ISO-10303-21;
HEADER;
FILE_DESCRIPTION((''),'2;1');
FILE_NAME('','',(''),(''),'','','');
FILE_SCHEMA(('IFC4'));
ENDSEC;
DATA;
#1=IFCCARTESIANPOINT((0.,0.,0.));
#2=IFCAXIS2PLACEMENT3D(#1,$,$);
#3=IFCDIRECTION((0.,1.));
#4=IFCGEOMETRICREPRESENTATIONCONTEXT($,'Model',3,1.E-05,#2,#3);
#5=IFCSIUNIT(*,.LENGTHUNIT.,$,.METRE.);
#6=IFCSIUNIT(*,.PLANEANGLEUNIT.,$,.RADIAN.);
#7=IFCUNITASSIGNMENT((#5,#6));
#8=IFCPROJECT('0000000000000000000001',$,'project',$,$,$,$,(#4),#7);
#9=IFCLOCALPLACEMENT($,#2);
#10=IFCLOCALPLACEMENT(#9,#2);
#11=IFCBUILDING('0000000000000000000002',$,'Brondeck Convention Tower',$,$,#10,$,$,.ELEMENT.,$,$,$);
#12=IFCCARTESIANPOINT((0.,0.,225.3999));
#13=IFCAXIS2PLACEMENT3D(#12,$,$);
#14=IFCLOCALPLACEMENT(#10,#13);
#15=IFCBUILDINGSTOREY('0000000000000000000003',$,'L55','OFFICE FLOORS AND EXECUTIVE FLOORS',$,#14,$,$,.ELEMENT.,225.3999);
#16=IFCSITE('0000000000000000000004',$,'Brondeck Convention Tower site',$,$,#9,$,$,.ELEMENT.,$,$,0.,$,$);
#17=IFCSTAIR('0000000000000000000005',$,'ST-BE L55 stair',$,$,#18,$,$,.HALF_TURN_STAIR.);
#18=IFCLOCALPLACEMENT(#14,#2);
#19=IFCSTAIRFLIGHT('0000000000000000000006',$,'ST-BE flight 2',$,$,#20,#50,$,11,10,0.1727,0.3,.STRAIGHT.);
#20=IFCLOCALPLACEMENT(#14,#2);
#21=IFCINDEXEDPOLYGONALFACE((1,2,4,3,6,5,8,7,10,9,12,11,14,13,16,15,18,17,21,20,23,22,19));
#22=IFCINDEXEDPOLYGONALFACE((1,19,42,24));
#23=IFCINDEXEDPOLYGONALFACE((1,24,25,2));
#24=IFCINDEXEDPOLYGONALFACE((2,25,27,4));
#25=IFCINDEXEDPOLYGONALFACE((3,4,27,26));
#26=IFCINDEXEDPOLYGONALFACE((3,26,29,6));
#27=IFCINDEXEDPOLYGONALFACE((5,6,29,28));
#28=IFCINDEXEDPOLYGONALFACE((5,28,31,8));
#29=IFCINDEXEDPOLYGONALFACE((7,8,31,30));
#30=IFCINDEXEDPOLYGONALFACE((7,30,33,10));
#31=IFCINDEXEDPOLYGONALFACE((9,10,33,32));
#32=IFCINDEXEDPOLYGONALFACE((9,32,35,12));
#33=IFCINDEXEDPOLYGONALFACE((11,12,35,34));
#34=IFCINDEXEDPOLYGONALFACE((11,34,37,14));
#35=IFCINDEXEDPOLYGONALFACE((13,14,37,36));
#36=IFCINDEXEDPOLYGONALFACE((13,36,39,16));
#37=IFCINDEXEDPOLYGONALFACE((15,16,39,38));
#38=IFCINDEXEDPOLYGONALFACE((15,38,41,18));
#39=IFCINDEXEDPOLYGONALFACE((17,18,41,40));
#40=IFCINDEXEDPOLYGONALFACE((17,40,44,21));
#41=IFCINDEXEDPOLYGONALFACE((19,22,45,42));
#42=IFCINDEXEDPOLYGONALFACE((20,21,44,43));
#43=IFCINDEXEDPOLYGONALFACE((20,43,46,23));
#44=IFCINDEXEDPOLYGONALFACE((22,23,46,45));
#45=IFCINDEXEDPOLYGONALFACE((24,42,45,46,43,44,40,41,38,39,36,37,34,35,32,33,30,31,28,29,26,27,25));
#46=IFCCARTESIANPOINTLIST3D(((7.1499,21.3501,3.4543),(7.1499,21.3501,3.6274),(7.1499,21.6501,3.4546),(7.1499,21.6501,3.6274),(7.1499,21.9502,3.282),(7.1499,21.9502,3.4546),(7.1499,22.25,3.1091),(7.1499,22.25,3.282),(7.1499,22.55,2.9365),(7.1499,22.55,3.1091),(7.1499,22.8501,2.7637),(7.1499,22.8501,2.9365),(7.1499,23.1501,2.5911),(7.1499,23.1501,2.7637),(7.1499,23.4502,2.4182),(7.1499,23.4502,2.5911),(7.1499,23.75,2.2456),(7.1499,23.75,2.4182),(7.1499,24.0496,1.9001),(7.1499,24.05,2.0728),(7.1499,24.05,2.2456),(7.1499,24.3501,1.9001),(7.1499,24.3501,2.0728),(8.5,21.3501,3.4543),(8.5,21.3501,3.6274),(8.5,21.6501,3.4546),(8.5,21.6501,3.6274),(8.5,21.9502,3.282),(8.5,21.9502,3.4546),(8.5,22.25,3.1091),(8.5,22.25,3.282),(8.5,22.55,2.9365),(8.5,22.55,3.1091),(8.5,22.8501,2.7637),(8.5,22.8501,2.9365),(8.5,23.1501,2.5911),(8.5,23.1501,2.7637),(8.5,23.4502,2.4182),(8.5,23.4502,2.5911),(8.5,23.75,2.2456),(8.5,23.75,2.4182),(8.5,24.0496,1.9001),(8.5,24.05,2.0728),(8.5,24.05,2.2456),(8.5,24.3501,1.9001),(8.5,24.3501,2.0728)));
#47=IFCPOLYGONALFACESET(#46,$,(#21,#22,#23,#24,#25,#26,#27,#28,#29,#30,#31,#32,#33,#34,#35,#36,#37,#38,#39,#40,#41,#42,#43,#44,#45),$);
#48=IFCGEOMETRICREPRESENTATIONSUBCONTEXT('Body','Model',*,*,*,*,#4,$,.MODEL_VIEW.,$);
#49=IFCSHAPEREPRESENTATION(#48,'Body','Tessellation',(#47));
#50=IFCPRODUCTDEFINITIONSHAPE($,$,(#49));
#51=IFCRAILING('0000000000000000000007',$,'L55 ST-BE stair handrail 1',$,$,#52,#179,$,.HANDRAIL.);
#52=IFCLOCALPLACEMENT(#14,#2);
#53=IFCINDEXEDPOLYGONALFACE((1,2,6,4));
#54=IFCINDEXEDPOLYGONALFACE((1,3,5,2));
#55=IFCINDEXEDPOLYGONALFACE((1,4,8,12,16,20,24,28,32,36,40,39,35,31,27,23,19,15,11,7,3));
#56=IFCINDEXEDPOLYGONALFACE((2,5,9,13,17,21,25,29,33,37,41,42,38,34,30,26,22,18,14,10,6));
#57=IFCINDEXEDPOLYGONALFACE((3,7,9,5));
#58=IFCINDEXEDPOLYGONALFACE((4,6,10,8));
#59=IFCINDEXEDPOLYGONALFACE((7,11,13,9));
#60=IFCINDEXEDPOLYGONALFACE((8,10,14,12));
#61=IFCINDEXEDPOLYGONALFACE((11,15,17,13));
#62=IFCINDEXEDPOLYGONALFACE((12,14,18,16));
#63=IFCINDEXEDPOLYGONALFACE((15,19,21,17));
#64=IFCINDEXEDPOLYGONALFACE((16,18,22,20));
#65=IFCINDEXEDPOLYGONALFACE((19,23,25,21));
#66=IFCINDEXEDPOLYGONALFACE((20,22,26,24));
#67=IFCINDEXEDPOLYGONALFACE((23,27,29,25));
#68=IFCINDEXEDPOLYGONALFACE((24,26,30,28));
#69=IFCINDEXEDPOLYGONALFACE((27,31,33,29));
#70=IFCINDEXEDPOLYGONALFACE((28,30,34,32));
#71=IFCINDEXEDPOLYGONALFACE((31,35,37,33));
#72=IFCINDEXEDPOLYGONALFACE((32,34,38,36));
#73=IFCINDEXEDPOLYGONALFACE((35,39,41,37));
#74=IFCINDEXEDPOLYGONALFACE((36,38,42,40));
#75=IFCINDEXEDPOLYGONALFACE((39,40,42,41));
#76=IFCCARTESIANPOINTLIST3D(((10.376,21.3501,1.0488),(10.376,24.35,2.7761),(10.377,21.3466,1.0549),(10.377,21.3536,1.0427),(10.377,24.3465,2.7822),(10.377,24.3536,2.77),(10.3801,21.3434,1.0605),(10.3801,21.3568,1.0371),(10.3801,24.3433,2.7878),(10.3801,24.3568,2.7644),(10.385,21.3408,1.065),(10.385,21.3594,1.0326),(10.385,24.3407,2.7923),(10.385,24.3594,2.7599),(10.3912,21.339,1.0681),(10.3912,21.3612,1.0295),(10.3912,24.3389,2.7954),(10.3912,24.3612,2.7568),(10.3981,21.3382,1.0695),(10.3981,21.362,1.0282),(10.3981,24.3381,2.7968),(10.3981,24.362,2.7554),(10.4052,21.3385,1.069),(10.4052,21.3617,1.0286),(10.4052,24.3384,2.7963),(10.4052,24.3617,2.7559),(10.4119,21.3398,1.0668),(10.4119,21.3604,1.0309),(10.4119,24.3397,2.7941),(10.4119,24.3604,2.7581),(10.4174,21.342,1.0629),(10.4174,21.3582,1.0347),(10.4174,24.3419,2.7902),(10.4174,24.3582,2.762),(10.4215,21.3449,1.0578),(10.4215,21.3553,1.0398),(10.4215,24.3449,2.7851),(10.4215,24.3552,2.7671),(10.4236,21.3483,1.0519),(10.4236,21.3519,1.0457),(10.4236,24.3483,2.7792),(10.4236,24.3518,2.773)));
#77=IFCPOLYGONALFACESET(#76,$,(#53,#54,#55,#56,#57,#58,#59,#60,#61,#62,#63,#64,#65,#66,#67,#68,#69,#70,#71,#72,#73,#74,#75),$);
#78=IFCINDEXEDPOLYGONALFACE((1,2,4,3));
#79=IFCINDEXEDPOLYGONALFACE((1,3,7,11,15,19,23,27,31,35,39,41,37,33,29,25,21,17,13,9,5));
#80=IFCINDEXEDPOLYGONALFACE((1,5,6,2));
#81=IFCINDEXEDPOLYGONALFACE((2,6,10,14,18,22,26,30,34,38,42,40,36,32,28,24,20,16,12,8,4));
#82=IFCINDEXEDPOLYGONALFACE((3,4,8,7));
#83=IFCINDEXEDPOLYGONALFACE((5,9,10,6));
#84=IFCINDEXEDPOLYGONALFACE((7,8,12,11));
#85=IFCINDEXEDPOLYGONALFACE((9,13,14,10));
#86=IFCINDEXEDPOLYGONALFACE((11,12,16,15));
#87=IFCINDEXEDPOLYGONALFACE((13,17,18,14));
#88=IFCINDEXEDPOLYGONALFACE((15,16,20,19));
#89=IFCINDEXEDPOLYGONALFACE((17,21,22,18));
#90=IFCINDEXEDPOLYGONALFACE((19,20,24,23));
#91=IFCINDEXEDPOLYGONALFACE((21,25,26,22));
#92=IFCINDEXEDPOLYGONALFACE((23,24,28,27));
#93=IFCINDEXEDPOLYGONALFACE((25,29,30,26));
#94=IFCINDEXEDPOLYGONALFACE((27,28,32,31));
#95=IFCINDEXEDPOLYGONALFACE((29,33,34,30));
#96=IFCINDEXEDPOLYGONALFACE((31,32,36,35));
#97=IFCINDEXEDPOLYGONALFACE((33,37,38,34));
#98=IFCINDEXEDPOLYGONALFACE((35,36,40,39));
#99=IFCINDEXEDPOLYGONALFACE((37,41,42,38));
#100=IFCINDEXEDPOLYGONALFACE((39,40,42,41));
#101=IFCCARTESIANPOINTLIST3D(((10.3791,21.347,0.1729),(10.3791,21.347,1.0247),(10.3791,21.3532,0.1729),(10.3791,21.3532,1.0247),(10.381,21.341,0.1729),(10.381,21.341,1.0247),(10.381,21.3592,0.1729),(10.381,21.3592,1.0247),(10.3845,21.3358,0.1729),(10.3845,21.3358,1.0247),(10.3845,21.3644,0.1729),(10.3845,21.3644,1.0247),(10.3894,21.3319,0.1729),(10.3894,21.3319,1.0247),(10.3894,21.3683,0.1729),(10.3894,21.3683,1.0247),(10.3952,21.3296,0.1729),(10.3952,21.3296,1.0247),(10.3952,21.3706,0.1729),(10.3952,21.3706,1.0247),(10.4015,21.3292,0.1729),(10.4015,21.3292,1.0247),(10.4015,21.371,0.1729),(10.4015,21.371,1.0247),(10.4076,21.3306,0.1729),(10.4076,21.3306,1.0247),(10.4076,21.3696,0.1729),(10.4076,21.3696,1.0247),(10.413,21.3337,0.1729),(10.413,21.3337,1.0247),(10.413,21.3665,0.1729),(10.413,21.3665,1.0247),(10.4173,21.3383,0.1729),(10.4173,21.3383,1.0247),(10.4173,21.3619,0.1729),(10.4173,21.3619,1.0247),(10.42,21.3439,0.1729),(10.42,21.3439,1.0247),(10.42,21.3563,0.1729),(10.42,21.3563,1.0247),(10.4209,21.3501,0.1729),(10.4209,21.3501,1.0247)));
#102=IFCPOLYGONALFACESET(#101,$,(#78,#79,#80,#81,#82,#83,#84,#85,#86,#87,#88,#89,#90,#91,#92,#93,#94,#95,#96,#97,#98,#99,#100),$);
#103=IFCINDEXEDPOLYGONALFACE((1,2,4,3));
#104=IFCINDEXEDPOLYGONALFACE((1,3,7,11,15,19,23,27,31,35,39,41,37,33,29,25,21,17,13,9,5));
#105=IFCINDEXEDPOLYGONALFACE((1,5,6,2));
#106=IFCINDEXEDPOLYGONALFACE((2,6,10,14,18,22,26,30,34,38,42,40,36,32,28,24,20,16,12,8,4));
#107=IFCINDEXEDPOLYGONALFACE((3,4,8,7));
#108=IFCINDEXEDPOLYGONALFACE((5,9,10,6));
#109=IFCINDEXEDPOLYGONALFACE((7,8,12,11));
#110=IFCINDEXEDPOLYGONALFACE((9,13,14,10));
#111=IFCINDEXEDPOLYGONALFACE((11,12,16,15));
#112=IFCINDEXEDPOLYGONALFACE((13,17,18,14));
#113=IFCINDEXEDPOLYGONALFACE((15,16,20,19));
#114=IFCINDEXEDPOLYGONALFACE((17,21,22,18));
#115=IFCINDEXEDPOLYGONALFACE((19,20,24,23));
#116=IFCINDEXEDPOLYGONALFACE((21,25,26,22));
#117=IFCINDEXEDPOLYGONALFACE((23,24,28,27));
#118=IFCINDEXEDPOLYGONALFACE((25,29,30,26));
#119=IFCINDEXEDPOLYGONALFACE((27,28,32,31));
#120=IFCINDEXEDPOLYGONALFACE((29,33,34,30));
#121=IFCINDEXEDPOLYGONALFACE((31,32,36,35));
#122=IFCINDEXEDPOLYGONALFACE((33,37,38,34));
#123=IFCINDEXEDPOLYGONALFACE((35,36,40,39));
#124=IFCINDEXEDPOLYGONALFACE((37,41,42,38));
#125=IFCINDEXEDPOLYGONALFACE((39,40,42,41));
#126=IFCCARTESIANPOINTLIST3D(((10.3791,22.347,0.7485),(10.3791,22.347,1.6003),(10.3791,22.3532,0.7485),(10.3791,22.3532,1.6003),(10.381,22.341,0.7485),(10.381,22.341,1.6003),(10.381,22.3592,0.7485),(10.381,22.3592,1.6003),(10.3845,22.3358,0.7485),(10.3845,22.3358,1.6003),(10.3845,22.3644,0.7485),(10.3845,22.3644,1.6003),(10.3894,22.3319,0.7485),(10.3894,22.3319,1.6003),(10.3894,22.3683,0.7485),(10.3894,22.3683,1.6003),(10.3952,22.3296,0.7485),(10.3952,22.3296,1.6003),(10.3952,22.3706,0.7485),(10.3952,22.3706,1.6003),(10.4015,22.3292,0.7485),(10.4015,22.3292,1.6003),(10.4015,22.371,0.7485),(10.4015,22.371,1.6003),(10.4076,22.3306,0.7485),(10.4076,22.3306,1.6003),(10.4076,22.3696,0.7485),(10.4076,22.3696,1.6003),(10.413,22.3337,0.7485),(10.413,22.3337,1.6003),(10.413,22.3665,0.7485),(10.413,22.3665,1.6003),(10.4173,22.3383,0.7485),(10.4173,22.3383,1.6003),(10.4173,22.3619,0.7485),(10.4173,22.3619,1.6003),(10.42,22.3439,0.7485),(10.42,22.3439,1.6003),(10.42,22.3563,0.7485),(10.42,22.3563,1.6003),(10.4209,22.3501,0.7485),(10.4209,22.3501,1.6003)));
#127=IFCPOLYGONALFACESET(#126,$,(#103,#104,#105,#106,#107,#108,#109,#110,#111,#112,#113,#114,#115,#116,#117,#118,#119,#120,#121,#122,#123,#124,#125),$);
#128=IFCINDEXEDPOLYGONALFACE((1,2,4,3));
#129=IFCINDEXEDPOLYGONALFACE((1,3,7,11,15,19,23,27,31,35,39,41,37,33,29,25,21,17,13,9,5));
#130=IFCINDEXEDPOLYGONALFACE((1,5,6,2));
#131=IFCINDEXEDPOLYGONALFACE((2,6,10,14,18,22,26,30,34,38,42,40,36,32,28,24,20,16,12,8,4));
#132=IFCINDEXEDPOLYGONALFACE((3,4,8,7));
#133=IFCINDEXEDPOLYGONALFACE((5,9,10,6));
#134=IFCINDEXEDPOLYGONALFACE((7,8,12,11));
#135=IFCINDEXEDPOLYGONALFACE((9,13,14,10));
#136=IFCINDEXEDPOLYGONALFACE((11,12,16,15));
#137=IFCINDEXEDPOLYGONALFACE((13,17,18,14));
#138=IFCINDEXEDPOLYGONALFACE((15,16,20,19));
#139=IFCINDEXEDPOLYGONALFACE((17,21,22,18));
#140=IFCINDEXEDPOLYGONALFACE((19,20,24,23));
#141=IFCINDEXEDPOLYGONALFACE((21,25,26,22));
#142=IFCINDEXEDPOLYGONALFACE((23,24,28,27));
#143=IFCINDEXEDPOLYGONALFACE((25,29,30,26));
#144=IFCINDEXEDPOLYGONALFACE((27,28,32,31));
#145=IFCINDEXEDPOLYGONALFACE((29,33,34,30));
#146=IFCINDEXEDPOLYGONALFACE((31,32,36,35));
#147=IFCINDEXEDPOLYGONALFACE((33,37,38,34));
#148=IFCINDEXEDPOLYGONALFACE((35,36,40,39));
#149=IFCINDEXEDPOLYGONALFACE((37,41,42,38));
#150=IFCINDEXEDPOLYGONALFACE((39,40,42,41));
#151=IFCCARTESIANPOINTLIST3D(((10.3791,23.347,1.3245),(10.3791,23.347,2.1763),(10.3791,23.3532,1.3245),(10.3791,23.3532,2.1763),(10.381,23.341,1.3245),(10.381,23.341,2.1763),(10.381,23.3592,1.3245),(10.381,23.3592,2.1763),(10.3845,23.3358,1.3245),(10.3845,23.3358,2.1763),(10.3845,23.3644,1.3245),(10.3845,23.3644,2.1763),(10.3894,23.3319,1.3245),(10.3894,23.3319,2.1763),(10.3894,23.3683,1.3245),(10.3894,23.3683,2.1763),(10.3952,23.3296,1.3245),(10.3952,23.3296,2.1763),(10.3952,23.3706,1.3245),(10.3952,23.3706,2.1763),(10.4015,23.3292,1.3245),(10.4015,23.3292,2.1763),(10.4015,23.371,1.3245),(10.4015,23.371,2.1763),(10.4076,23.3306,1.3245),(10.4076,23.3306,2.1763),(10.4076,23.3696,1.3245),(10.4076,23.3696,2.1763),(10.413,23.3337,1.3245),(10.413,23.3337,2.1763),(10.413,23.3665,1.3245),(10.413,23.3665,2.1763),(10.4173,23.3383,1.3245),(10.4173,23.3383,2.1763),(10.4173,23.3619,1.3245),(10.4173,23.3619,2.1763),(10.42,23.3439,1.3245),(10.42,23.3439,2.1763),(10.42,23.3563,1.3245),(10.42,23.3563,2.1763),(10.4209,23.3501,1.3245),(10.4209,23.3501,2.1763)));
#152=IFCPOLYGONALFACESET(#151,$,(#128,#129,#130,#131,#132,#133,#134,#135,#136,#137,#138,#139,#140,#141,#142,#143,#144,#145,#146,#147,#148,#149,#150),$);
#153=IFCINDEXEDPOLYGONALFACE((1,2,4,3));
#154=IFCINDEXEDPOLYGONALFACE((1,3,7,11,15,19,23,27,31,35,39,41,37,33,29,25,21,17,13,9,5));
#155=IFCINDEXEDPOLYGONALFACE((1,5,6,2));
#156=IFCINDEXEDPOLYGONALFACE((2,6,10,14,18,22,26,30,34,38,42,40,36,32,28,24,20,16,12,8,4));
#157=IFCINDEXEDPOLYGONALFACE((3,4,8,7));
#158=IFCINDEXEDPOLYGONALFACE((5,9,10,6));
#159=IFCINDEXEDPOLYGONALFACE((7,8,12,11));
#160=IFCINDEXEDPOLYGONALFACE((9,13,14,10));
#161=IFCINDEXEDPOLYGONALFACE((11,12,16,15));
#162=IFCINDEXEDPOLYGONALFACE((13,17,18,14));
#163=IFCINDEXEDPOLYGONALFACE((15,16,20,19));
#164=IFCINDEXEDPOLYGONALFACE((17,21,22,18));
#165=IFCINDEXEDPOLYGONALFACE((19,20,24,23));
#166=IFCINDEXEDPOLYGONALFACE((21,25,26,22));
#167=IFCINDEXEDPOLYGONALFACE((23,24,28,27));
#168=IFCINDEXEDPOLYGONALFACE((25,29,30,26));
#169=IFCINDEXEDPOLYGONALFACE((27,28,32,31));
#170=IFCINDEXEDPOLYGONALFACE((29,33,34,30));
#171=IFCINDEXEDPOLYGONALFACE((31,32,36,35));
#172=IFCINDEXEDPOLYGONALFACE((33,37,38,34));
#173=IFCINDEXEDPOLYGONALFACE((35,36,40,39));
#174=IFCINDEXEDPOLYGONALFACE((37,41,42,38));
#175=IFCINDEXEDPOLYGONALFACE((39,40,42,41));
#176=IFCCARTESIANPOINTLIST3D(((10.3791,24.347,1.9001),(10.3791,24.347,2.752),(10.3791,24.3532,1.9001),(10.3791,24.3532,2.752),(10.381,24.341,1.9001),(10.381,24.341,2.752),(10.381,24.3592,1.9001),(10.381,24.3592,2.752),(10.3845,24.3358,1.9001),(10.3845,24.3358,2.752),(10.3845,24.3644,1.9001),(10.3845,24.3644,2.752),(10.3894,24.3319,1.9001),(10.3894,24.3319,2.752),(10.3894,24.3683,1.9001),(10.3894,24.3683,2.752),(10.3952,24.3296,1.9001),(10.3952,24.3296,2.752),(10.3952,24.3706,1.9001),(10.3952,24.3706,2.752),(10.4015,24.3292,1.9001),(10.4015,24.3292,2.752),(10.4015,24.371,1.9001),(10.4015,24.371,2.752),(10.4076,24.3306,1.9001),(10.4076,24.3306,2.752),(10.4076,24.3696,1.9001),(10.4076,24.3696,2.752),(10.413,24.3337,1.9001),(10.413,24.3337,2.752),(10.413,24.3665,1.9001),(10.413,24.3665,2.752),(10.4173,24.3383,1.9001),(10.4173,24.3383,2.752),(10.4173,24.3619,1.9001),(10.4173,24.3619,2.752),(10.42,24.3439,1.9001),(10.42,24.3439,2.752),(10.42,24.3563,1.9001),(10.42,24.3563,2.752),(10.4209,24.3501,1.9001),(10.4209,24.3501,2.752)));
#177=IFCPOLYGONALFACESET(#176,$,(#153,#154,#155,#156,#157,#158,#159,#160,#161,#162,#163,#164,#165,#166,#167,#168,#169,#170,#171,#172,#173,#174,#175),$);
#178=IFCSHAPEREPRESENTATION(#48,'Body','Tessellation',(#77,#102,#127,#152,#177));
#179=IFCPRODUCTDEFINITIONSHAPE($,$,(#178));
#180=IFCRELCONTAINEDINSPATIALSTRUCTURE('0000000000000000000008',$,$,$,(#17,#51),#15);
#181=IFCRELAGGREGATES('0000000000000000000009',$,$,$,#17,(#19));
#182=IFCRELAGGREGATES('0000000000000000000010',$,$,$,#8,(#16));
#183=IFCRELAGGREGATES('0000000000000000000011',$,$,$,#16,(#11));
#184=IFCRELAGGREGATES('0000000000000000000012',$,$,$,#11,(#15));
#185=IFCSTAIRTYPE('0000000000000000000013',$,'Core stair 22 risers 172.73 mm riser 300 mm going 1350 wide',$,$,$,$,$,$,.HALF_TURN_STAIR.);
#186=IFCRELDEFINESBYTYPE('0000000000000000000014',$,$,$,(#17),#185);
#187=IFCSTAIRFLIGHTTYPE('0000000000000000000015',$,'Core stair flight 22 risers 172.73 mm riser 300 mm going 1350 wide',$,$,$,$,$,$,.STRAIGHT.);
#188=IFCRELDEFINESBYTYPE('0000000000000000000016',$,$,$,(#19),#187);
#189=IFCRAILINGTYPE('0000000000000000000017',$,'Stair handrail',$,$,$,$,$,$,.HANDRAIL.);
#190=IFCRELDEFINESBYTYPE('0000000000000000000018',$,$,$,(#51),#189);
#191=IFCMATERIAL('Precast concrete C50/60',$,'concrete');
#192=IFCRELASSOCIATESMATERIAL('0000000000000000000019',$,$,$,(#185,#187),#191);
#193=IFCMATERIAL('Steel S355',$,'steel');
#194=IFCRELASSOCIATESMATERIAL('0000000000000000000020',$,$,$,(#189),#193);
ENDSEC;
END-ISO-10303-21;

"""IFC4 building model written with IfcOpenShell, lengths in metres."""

from ifc_helpers import new_model, si_unit, direction, frame, origin, origin_2d, place, context, subcontext, project, spatial, polyline, circle, outline, extrude, material, type_object, element, aggregate, save


model = new_model("IFC4")

# Units and contexts
model_context = context("Model", 3, precision=1e-05, world=origin(), true_north=direction((0.0, 1.0)))
body_context = subcontext(model_context, "Body", "Model", "MODEL_VIEW")
ifc_project = project(units=[si_unit("LENGTHUNIT", "METRE"), si_unit("PLANEANGLEUNIT", "RADIAN")], contexts=[model_context])

# Site, building, storey
site_placement = place(None, origin())
site = spatial("IfcSite", under=ifc_project, at=site_placement, Name="Brondeck Convention Tower site", CompositionType="ELEMENT", RefElevation=0.0)
building_placement = place(site_placement, origin())
building = spatial("IfcBuilding", under=site, at=building_placement, Name="Brondeck Convention Tower", CompositionType="ELEMENT")
storey_placement = place(building_placement, frame((0.0, 0.0, 225.3999)))
storey = spatial("IfcBuildingStorey", under=building, at=storey_placement, Name="L55", Description="OFFICE FLOORS AND EXECUTIVE FLOORS", CompositionType="ELEMENT", Elevation=225.3999)

# Shared definitions
ifc_material_1 = material(Name="Steel S355", Category="steel")

# Stair, stair flight
ifc_material_2 = material(Name="Precast concrete C50/60", Category="concrete")
stair_type = type_object("IfcStairType", Name="Core stair 22 risers 172.73 mm riser 300 mm going 1350 wide", PredefinedType="HALF_TURN_STAIR", material=ifc_material_2)
stair_placement = place(storey_placement, origin())
stair = element("IfcStair", 1, at=stair_placement, inside=storey, type_object=stair_type, Name="ST-BE L55 stair", PredefinedType="HALF_TURN_STAIR")
stair_flight_type = type_object("IfcStairFlightType", Name="Core stair flight 22 risers 172.73 mm riser 300 mm going 1350 wide", PredefinedType="STRAIGHT", material=ifc_material_2)
stair_flight_1_placement = place(storey_placement, frame((7.825, 24.3501, 1.9001), z_axis=(0.0, 0.0, 1.0), x_axis=(0.0, -1.0, 0.0)))
stair_flight_1 = element("IfcStairFlight", 2, at=stair_flight_1_placement, type_object=stair_flight_type, Name="ST-BE flight 2", NumberOfRisers=11, NumberOfTreads=10, PredefinedType="STRAIGHT", RiserHeight=0.1727, TreadLength=0.3, context=body_context, shape_type="SweptSolid", body=[
    extrude(outline(polyline([(0.0, 0.0), (0.0, 0.1726), (0.3, 0.1726), (0.3, 0.3455), (0.6001, 0.3455), (0.6001, 0.5181), (0.8999, 0.5181), (0.8999, 0.6909), (1.2, 0.6909), (1.2, 0.8635), (1.5, 0.8635), (1.5, 1.0364), (1.8, 1.0364), (1.8, 1.209), (2.1001, 1.209), (2.1001, 1.3818), (2.3999, 1.3818), (2.3999, 1.5544), (2.7, 1.5544), (2.7, 1.7273), (3.0, 1.7273), (3.0, 1.8999), (3.0, 1.5542), (0.3005, 0.0), (0.0, 0.0)])), frame((0.0, 0.675, 0.0), z_axis=(0.0, -1.0, 0.0), x_axis=(1.0, 0.0, 0.0)), (0.0, 0.0, 1.0), 1.3501),
])
aggregate(stair, [stair_flight_1])

# Railing
railing_type_1 = type_object("IfcRailingType", Name="Stair handrail", PredefinedType="HANDRAIL", material=ifc_material_1)
railing_1_placement = place(storey_placement, frame((10.3999, 21.3501, 0.1729)))
element("IfcRailing", 3, at=railing_1_placement, inside=storey, type_object=railing_type_1, Name="L55 ST-BE stair handrail 1", PredefinedType="HANDRAIL", context=body_context, shape_type="SweptSolid", body=[
    extrude(circle(Radius=0.0239, at=origin_2d()), frame((0.0, 0.0, 0.876), z_axis=(0.0, 0.86662, 0.498969), x_axis=(-1.0, 0.0, 0.0)), (0.0, 0.0, 1.0), 3.4617),
    extrude(circle(Radius=0.021, at=origin_2d()), origin(), (0.0, 0.0, 1.0), 0.8518),
    extrude(circle(Radius=0.021, at=origin_2d()), frame((0.0, 1.0, 0.5757)), (0.0, 0.0, 1.0), 0.8518),
    extrude(circle(Radius=0.021, at=origin_2d()), frame((0.0, 2.0, 1.1516)), (0.0, 0.0, 1.0), 0.8518),
    extrude(circle(Radius=0.021, at=origin_2d()), frame((0.0, 3.0, 1.7273)), (0.0, 0.0, 1.0), 0.8518),
])

save(model, "model.ifc")
